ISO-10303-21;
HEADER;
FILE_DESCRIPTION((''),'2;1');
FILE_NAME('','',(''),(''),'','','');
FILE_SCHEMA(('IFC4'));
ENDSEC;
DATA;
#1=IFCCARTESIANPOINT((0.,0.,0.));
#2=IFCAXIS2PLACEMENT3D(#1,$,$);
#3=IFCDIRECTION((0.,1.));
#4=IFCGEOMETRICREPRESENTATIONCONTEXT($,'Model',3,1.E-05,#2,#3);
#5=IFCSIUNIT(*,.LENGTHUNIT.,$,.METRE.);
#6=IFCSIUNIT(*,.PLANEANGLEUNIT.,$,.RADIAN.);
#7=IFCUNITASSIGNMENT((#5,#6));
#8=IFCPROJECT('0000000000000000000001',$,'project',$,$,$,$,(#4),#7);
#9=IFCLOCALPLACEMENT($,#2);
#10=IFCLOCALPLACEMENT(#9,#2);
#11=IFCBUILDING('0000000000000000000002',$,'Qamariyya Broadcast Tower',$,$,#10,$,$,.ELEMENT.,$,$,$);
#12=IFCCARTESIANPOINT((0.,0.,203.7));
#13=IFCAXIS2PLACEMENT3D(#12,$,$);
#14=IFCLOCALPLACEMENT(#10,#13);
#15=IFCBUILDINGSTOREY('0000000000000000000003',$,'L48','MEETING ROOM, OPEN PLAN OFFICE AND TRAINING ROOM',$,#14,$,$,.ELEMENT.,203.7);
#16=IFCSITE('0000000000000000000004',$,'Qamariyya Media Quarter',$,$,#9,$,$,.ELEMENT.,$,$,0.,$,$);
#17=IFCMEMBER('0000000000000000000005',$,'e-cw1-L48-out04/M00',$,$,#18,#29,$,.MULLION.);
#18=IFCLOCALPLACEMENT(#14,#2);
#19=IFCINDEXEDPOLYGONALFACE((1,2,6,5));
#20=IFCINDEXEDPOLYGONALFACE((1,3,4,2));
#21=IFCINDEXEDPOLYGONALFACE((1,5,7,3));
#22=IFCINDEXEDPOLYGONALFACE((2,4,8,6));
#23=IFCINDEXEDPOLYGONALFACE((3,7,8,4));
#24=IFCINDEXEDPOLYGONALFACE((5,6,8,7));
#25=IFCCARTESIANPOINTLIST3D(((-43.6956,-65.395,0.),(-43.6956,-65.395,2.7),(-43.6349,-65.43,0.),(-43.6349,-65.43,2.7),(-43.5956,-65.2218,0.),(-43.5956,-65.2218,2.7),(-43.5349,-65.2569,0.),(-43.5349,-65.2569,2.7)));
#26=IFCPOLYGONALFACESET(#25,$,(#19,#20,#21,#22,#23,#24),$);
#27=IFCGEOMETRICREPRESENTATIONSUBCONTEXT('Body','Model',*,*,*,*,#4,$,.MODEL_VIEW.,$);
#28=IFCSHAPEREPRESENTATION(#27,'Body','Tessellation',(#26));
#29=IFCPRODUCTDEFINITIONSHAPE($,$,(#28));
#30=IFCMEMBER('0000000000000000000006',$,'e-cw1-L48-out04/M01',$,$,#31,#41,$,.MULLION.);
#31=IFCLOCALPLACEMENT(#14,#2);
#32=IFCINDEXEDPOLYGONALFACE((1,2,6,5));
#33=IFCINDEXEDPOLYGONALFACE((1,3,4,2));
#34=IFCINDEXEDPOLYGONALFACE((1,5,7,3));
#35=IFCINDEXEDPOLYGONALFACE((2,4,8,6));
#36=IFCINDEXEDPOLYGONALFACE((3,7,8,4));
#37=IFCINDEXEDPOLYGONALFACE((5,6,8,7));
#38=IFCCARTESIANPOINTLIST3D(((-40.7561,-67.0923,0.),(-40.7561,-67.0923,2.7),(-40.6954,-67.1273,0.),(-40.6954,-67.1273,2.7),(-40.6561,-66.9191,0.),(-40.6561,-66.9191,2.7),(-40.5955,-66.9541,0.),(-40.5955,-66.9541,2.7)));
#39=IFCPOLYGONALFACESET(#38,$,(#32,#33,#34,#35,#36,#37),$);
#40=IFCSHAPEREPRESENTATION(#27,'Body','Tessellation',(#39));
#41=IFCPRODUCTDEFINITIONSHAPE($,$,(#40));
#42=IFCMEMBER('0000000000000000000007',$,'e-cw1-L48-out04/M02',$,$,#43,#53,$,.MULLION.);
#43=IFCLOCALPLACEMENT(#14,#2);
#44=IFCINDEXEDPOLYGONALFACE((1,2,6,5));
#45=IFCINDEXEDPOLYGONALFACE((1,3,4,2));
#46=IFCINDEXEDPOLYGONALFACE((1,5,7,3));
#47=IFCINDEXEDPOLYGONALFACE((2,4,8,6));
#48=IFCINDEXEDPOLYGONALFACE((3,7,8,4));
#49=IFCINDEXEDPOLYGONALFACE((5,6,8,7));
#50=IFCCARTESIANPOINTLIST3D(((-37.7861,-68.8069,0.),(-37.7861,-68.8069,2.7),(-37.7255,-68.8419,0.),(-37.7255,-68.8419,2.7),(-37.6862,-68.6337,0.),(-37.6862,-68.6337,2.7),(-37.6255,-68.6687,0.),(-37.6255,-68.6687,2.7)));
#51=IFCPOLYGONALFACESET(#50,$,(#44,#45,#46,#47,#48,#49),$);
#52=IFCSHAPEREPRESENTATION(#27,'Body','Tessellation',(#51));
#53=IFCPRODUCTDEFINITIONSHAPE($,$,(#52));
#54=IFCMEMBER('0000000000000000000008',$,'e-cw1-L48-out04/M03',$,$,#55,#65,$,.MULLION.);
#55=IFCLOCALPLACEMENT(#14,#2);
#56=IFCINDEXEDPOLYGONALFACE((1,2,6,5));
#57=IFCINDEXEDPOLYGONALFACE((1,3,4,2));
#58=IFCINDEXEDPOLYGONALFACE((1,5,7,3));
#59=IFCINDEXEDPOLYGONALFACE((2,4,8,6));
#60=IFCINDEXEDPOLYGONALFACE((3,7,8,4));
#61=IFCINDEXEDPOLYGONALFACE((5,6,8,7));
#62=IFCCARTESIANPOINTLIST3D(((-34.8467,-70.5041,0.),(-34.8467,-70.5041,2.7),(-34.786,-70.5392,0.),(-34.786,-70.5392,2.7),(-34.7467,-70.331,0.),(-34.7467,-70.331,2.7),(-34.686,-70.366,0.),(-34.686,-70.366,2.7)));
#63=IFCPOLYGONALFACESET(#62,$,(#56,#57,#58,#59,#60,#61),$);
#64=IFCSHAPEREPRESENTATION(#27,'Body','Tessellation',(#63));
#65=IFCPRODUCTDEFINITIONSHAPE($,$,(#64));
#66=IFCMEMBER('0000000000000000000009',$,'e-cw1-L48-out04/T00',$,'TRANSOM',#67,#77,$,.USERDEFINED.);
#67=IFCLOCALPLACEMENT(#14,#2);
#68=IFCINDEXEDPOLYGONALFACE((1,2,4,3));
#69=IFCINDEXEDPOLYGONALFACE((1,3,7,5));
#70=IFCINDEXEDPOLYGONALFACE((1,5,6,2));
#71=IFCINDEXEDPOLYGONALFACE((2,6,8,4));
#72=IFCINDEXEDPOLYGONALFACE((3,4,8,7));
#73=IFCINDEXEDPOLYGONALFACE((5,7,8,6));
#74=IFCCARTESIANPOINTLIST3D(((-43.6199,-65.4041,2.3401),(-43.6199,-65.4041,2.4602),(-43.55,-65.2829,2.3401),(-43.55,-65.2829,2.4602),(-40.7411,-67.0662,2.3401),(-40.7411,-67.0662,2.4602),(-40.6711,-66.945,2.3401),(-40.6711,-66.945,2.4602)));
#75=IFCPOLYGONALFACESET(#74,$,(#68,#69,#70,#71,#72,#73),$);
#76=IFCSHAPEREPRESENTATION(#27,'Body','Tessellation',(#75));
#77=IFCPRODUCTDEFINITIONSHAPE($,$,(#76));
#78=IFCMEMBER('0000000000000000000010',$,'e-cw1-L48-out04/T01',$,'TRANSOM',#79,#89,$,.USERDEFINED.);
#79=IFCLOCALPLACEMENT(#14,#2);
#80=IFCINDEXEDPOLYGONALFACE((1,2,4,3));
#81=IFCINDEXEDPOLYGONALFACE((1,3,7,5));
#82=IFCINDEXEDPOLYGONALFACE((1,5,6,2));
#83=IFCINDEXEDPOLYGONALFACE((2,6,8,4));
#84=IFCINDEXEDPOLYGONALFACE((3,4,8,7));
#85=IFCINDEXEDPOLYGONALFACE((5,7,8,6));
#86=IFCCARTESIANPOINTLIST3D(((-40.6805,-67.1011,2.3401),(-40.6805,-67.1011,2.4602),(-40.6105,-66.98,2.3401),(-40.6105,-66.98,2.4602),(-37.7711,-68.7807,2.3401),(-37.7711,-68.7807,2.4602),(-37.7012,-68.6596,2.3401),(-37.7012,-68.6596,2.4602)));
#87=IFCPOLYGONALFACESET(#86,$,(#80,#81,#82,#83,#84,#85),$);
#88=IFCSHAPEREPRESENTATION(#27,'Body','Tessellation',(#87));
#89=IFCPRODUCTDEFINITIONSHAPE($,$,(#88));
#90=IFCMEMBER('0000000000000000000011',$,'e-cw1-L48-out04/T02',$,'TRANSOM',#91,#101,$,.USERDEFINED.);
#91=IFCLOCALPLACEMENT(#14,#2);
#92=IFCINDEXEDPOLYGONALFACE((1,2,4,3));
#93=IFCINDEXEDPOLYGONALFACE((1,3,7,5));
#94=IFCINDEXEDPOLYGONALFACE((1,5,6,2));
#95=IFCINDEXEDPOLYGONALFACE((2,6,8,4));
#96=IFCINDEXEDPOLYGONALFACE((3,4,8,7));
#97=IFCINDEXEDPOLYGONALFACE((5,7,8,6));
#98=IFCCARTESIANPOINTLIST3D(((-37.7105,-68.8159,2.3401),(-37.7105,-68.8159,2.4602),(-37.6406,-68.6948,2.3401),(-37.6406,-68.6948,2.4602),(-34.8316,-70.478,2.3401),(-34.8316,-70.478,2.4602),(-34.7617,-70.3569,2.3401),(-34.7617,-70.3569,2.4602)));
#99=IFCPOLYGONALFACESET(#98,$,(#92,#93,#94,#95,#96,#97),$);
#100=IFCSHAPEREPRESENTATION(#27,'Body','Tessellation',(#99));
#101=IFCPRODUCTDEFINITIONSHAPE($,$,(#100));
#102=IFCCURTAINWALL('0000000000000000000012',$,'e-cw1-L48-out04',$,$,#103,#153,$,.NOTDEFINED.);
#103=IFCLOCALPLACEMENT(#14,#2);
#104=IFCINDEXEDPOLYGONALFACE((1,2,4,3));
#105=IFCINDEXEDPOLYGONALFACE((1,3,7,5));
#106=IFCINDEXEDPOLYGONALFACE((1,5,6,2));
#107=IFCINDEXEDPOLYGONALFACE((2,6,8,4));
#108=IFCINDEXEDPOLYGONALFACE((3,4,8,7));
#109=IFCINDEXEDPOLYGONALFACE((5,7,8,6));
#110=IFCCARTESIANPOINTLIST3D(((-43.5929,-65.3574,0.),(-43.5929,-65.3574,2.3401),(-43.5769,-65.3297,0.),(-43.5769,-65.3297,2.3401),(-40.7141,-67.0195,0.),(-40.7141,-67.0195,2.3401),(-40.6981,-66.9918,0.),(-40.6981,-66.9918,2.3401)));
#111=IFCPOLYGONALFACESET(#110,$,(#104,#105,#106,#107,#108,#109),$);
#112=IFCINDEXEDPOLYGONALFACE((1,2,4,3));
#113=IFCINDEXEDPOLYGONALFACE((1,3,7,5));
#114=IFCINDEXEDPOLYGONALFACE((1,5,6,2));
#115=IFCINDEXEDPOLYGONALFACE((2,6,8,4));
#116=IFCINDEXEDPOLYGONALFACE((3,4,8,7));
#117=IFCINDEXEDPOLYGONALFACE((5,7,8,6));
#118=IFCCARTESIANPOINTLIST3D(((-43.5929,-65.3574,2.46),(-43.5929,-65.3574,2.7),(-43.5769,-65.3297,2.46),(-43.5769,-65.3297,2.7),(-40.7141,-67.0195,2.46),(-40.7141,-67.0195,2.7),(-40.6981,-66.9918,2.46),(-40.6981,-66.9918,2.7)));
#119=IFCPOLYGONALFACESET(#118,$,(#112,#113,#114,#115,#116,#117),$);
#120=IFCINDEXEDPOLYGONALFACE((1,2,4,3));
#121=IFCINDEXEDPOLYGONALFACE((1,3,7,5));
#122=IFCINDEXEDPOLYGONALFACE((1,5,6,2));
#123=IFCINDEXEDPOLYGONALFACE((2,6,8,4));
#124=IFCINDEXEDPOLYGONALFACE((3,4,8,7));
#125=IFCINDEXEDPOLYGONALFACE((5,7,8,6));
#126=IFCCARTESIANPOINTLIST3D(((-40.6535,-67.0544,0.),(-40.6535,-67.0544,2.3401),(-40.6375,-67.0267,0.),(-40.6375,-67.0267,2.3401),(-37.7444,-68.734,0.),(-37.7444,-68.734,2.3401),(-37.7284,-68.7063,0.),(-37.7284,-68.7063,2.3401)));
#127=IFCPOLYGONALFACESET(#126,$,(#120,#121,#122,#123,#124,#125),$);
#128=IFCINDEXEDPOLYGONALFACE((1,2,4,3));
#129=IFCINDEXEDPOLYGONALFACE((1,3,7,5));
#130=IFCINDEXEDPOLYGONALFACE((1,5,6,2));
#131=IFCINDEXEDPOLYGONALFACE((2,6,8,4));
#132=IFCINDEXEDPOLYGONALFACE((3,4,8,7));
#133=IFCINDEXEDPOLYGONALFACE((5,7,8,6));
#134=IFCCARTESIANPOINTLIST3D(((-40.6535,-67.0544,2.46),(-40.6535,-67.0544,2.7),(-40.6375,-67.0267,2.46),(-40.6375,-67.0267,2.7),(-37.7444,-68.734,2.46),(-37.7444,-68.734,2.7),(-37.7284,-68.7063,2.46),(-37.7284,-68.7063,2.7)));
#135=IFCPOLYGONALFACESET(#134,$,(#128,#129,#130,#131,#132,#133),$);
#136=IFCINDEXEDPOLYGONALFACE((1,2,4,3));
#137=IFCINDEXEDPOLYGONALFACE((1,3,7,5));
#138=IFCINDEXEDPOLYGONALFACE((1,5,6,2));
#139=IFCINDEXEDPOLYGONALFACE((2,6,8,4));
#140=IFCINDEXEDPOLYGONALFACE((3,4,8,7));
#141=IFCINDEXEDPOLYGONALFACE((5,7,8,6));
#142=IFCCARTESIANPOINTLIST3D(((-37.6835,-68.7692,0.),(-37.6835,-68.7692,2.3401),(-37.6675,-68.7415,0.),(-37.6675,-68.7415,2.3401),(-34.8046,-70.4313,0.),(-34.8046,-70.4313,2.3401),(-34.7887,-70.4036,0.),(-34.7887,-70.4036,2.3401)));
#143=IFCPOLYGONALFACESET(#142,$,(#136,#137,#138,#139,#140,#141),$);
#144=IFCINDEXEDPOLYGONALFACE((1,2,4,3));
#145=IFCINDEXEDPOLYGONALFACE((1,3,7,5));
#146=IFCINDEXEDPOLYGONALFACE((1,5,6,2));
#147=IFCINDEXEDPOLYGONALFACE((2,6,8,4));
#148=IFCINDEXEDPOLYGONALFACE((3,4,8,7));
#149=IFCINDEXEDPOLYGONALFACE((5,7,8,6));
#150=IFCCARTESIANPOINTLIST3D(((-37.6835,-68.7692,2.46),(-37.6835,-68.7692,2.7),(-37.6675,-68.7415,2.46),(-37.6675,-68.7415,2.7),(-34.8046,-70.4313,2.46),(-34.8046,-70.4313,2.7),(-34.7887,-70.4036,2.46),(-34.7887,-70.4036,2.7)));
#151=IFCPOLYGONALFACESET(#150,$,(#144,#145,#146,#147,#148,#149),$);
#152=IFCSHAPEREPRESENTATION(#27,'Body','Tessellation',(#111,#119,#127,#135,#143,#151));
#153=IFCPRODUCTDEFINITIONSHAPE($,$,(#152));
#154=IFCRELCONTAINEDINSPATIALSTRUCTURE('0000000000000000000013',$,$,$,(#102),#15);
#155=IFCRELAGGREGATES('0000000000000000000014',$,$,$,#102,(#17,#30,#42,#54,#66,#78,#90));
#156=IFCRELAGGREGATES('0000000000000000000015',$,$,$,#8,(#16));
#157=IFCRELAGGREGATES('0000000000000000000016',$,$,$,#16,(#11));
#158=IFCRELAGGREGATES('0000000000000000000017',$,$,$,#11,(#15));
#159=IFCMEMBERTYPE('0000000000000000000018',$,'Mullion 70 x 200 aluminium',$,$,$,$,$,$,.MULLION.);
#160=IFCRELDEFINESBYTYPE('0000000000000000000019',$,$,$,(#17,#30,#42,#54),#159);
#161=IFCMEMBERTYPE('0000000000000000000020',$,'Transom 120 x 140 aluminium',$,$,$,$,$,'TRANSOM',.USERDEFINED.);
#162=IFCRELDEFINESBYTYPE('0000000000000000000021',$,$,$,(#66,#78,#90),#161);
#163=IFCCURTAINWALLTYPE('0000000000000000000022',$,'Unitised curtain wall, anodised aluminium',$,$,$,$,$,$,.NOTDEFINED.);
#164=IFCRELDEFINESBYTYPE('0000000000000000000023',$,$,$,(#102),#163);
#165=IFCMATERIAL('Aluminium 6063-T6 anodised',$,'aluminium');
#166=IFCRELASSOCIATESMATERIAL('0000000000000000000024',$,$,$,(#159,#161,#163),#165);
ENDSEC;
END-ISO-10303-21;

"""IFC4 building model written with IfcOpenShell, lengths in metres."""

from ifc_helpers import new_model, si_unit, direction, frame, origin, origin_2d, place, context, subcontext, project, spatial, rectangle, extrude, material, material_profile, profile_set, type_object, element, aggregate, save


model = new_model("IFC4")

# Units and contexts
model_context = context("Model", 3, precision=1e-05, world=origin(), true_north=direction((0.0, 1.0)))
body_context = subcontext(model_context, "Body", "Model", "MODEL_VIEW")
ifc_project = project(units=[si_unit("LENGTHUNIT", "METRE"), si_unit("PLANEANGLEUNIT", "RADIAN")], contexts=[model_context])

# Members
ifc_material = material(Name="Aluminium 6063-T6 anodised", Category="aluminium")
ifc_material_profile_1 = material_profile(ifc_material, rectangle(XDim=0.2, YDim=0.0701, at=origin_2d()))
ifc_profile_set_1 = profile_set([ifc_material_profile_1], Name="Aluminium 6063-T6 anodised")
member_type_1 = type_object("IfcMemberType", Name="Mullion 70 x 200 aluminium", PredefinedType="MULLION", material=ifc_profile_set_1)
site_placement = place(None, origin())
building_placement = place(site_placement, origin())
storey_placement = place(building_placement, frame((0.0, 0.0, 203.7)))
member_1_placement = place(storey_placement, frame((-43.6152, -65.3259, 0.0), z_axis=(0.0, 0.0, 1.0), x_axis=(0.5, 0.866025, 0.0)))
member_1 = element("IfcMember", 1, at=member_1_placement, type_object=member_type_1, Name="e-cw1-L48-out04/M00", PredefinedType="MULLION", context=body_context, shape_type="SweptSolid", body=[
    extrude(rectangle(XDim=0.2, YDim=0.0701, at=origin_2d()), origin(), (0.0, 0.0, 1.0), 2.7),
])
member_2_placement = place(storey_placement, frame((-40.6758, -67.0232, 0.0), z_axis=(0.0, 0.0, 1.0), x_axis=(0.5, 0.866025, 0.0)))
member_2 = element("IfcMember", 2, at=member_2_placement, type_object=member_type_1, Name="e-cw1-L48-out04/M01", PredefinedType="MULLION", context=body_context, shape_type="SweptSolid", body=[
    extrude(rectangle(XDim=0.2, YDim=0.0701, at=origin_2d()), origin(), (0.0, 0.0, 1.0), 2.7),
])
member_3_placement = place(storey_placement, frame((-37.7058, -68.7378, 0.0), z_axis=(0.0, 0.0, 1.0), x_axis=(0.5, 0.866025, 0.0)))
member_3 = element("IfcMember", 3, at=member_3_placement, type_object=member_type_1, Name="e-cw1-L48-out04/M02", PredefinedType="MULLION", context=body_context, shape_type="SweptSolid", body=[
    extrude(rectangle(XDim=0.2, YDim=0.0701, at=origin_2d()), origin(), (0.0, 0.0, 1.0), 2.7),
])
member_4_placement = place(storey_placement, frame((-34.7664, -70.4351, 0.0), z_axis=(0.0, 0.0, 1.0), x_axis=(0.5, 0.866025, 0.0)))
member_4 = element("IfcMember", 4, at=member_4_placement, type_object=member_type_1, Name="e-cw1-L48-out04/M03", PredefinedType="MULLION", context=body_context, shape_type="SweptSolid", body=[
    extrude(rectangle(XDim=0.2, YDim=0.0701, at=origin_2d()), origin(), (0.0, 0.0, 1.0), 2.7),
])
ifc_material_profile_2 = material_profile(ifc_material, rectangle(XDim=0.1399, YDim=0.1201, at=origin_2d()))
ifc_profile_set_2 = profile_set([ifc_material_profile_2], Name="Aluminium 6063-T6 anodised")
member_type_2 = type_object("IfcMemberType", Name="Transom 120 x 140 aluminium", ElementType="TRANSOM", PredefinedType="USERDEFINED", material=ifc_profile_set_2)
member_5_placement = place(storey_placement, frame((-43.585, -65.3435, 2.4001), z_axis=(0.866029, -0.499994, 0.0), x_axis=(0.499994, 0.866029, 0.0)))
member_5 = element("IfcMember", 5, at=member_5_placement, type_object=member_type_2, Name="e-cw1-L48-out04/T00", ObjectType="TRANSOM", PredefinedType="USERDEFINED", context=body_context, shape_type="SweptSolid", body=[
    extrude(rectangle(XDim=0.1399, YDim=0.1201, at=origin_2d()), origin(), (0.0, 0.0, 1.0), 3.3242),
])
member_6_placement = place(storey_placement, frame((-40.6455, -67.0405, 2.4001), z_axis=(0.866034, -0.499985, 0.0), x_axis=(0.499985, 0.866034, 0.0)))
member_6 = element("IfcMember", 6, at=member_6_placement, type_object=member_type_2, Name="e-cw1-L48-out04/T01", ObjectType="TRANSOM", PredefinedType="USERDEFINED", context=body_context, shape_type="SweptSolid", body=[
    extrude(rectangle(XDim=0.1399, YDim=0.1201, at=origin_2d()), origin(), (0.0, 0.0, 1.0), 3.3594),
])
member_7_placement = place(storey_placement, frame((-37.6755, -68.7554, 2.4001), z_axis=(0.866029, -0.499994, 0.0), x_axis=(0.499994, 0.866029, 0.0)))
member_7 = element("IfcMember", 7, at=member_7_placement, type_object=member_type_2, Name="e-cw1-L48-out04/T02", ObjectType="TRANSOM", PredefinedType="USERDEFINED", context=body_context, shape_type="SweptSolid", body=[
    extrude(rectangle(XDim=0.1399, YDim=0.1201, at=origin_2d()), origin(), (0.0, 0.0, 1.0), 3.3242),
])

# Site, building, storey
site = spatial("IfcSite", under=ifc_project, at=site_placement, Name="Qamariyya Media Quarter", CompositionType="ELEMENT", RefElevation=0.0)
building = spatial("IfcBuilding", under=site, at=building_placement, Name="Qamariyya Broadcast Tower", CompositionType="ELEMENT")
storey = spatial("IfcBuildingStorey", under=building, at=storey_placement, Name="L48", Description="MEETING ROOM, OPEN PLAN OFFICE AND TRAINING ROOM", CompositionType="ELEMENT", Elevation=203.7)

# Curtain wall
curtain_wall_type = type_object("IfcCurtainWallType", Name="Unitised curtain wall, anodised aluminium", PredefinedType="NOTDEFINED", material=ifc_material)
curtain_wall_1_placement = place(storey_placement, origin())
curtain_wall_1 = element("IfcCurtainWall", 8, at=curtain_wall_1_placement, inside=storey, type_object=curtain_wall_type, Name="e-cw1-L48-out04", PredefinedType="NOTDEFINED", context=body_context, shape_type="SweptSolid", body=[
    extrude(rectangle(XDim=3.3242, YDim=0.032, at=origin_2d()), frame((-42.1455, -66.1746, 0.0), x_axis=(0.866028, -0.499996, 0.0)), (0.0, 0.0, 1.0), 2.3401),
    extrude(rectangle(XDim=3.3242, YDim=0.032, at=origin_2d()), frame((-42.1455, -66.1746, 2.46), x_axis=(0.866028, -0.499996, 0.0)), (0.0, 0.0, 1.0), 0.24),
    extrude(rectangle(XDim=3.3591, YDim=0.032, at=origin_2d()), frame((-39.1909, -67.8804, 0.0), x_axis=(0.866028, -0.499996, 0.0)), (0.0, 0.0, 1.0), 2.3401),
    extrude(rectangle(XDim=3.3591, YDim=0.032, at=origin_2d()), frame((-39.1909, -67.8804, 2.46), x_axis=(0.866028, -0.499996, 0.0)), (0.0, 0.0, 1.0), 0.24),
    extrude(rectangle(XDim=3.3242, YDim=0.032, at=origin_2d()), frame((-36.2361, -69.5864, 0.0), x_axis=(0.866028, -0.499996, 0.0)), (0.0, 0.0, 1.0), 2.3401),
    extrude(rectangle(XDim=3.3242, YDim=0.032, at=origin_2d()), frame((-36.2361, -69.5864, 2.46), x_axis=(0.866028, -0.499996, 0.0)), (0.0, 0.0, 1.0), 0.24),
])
aggregate(curtain_wall_1, [member_1, member_2, member_3, member_4, member_5, member_6, member_7])

save(model, "model.ifc")
